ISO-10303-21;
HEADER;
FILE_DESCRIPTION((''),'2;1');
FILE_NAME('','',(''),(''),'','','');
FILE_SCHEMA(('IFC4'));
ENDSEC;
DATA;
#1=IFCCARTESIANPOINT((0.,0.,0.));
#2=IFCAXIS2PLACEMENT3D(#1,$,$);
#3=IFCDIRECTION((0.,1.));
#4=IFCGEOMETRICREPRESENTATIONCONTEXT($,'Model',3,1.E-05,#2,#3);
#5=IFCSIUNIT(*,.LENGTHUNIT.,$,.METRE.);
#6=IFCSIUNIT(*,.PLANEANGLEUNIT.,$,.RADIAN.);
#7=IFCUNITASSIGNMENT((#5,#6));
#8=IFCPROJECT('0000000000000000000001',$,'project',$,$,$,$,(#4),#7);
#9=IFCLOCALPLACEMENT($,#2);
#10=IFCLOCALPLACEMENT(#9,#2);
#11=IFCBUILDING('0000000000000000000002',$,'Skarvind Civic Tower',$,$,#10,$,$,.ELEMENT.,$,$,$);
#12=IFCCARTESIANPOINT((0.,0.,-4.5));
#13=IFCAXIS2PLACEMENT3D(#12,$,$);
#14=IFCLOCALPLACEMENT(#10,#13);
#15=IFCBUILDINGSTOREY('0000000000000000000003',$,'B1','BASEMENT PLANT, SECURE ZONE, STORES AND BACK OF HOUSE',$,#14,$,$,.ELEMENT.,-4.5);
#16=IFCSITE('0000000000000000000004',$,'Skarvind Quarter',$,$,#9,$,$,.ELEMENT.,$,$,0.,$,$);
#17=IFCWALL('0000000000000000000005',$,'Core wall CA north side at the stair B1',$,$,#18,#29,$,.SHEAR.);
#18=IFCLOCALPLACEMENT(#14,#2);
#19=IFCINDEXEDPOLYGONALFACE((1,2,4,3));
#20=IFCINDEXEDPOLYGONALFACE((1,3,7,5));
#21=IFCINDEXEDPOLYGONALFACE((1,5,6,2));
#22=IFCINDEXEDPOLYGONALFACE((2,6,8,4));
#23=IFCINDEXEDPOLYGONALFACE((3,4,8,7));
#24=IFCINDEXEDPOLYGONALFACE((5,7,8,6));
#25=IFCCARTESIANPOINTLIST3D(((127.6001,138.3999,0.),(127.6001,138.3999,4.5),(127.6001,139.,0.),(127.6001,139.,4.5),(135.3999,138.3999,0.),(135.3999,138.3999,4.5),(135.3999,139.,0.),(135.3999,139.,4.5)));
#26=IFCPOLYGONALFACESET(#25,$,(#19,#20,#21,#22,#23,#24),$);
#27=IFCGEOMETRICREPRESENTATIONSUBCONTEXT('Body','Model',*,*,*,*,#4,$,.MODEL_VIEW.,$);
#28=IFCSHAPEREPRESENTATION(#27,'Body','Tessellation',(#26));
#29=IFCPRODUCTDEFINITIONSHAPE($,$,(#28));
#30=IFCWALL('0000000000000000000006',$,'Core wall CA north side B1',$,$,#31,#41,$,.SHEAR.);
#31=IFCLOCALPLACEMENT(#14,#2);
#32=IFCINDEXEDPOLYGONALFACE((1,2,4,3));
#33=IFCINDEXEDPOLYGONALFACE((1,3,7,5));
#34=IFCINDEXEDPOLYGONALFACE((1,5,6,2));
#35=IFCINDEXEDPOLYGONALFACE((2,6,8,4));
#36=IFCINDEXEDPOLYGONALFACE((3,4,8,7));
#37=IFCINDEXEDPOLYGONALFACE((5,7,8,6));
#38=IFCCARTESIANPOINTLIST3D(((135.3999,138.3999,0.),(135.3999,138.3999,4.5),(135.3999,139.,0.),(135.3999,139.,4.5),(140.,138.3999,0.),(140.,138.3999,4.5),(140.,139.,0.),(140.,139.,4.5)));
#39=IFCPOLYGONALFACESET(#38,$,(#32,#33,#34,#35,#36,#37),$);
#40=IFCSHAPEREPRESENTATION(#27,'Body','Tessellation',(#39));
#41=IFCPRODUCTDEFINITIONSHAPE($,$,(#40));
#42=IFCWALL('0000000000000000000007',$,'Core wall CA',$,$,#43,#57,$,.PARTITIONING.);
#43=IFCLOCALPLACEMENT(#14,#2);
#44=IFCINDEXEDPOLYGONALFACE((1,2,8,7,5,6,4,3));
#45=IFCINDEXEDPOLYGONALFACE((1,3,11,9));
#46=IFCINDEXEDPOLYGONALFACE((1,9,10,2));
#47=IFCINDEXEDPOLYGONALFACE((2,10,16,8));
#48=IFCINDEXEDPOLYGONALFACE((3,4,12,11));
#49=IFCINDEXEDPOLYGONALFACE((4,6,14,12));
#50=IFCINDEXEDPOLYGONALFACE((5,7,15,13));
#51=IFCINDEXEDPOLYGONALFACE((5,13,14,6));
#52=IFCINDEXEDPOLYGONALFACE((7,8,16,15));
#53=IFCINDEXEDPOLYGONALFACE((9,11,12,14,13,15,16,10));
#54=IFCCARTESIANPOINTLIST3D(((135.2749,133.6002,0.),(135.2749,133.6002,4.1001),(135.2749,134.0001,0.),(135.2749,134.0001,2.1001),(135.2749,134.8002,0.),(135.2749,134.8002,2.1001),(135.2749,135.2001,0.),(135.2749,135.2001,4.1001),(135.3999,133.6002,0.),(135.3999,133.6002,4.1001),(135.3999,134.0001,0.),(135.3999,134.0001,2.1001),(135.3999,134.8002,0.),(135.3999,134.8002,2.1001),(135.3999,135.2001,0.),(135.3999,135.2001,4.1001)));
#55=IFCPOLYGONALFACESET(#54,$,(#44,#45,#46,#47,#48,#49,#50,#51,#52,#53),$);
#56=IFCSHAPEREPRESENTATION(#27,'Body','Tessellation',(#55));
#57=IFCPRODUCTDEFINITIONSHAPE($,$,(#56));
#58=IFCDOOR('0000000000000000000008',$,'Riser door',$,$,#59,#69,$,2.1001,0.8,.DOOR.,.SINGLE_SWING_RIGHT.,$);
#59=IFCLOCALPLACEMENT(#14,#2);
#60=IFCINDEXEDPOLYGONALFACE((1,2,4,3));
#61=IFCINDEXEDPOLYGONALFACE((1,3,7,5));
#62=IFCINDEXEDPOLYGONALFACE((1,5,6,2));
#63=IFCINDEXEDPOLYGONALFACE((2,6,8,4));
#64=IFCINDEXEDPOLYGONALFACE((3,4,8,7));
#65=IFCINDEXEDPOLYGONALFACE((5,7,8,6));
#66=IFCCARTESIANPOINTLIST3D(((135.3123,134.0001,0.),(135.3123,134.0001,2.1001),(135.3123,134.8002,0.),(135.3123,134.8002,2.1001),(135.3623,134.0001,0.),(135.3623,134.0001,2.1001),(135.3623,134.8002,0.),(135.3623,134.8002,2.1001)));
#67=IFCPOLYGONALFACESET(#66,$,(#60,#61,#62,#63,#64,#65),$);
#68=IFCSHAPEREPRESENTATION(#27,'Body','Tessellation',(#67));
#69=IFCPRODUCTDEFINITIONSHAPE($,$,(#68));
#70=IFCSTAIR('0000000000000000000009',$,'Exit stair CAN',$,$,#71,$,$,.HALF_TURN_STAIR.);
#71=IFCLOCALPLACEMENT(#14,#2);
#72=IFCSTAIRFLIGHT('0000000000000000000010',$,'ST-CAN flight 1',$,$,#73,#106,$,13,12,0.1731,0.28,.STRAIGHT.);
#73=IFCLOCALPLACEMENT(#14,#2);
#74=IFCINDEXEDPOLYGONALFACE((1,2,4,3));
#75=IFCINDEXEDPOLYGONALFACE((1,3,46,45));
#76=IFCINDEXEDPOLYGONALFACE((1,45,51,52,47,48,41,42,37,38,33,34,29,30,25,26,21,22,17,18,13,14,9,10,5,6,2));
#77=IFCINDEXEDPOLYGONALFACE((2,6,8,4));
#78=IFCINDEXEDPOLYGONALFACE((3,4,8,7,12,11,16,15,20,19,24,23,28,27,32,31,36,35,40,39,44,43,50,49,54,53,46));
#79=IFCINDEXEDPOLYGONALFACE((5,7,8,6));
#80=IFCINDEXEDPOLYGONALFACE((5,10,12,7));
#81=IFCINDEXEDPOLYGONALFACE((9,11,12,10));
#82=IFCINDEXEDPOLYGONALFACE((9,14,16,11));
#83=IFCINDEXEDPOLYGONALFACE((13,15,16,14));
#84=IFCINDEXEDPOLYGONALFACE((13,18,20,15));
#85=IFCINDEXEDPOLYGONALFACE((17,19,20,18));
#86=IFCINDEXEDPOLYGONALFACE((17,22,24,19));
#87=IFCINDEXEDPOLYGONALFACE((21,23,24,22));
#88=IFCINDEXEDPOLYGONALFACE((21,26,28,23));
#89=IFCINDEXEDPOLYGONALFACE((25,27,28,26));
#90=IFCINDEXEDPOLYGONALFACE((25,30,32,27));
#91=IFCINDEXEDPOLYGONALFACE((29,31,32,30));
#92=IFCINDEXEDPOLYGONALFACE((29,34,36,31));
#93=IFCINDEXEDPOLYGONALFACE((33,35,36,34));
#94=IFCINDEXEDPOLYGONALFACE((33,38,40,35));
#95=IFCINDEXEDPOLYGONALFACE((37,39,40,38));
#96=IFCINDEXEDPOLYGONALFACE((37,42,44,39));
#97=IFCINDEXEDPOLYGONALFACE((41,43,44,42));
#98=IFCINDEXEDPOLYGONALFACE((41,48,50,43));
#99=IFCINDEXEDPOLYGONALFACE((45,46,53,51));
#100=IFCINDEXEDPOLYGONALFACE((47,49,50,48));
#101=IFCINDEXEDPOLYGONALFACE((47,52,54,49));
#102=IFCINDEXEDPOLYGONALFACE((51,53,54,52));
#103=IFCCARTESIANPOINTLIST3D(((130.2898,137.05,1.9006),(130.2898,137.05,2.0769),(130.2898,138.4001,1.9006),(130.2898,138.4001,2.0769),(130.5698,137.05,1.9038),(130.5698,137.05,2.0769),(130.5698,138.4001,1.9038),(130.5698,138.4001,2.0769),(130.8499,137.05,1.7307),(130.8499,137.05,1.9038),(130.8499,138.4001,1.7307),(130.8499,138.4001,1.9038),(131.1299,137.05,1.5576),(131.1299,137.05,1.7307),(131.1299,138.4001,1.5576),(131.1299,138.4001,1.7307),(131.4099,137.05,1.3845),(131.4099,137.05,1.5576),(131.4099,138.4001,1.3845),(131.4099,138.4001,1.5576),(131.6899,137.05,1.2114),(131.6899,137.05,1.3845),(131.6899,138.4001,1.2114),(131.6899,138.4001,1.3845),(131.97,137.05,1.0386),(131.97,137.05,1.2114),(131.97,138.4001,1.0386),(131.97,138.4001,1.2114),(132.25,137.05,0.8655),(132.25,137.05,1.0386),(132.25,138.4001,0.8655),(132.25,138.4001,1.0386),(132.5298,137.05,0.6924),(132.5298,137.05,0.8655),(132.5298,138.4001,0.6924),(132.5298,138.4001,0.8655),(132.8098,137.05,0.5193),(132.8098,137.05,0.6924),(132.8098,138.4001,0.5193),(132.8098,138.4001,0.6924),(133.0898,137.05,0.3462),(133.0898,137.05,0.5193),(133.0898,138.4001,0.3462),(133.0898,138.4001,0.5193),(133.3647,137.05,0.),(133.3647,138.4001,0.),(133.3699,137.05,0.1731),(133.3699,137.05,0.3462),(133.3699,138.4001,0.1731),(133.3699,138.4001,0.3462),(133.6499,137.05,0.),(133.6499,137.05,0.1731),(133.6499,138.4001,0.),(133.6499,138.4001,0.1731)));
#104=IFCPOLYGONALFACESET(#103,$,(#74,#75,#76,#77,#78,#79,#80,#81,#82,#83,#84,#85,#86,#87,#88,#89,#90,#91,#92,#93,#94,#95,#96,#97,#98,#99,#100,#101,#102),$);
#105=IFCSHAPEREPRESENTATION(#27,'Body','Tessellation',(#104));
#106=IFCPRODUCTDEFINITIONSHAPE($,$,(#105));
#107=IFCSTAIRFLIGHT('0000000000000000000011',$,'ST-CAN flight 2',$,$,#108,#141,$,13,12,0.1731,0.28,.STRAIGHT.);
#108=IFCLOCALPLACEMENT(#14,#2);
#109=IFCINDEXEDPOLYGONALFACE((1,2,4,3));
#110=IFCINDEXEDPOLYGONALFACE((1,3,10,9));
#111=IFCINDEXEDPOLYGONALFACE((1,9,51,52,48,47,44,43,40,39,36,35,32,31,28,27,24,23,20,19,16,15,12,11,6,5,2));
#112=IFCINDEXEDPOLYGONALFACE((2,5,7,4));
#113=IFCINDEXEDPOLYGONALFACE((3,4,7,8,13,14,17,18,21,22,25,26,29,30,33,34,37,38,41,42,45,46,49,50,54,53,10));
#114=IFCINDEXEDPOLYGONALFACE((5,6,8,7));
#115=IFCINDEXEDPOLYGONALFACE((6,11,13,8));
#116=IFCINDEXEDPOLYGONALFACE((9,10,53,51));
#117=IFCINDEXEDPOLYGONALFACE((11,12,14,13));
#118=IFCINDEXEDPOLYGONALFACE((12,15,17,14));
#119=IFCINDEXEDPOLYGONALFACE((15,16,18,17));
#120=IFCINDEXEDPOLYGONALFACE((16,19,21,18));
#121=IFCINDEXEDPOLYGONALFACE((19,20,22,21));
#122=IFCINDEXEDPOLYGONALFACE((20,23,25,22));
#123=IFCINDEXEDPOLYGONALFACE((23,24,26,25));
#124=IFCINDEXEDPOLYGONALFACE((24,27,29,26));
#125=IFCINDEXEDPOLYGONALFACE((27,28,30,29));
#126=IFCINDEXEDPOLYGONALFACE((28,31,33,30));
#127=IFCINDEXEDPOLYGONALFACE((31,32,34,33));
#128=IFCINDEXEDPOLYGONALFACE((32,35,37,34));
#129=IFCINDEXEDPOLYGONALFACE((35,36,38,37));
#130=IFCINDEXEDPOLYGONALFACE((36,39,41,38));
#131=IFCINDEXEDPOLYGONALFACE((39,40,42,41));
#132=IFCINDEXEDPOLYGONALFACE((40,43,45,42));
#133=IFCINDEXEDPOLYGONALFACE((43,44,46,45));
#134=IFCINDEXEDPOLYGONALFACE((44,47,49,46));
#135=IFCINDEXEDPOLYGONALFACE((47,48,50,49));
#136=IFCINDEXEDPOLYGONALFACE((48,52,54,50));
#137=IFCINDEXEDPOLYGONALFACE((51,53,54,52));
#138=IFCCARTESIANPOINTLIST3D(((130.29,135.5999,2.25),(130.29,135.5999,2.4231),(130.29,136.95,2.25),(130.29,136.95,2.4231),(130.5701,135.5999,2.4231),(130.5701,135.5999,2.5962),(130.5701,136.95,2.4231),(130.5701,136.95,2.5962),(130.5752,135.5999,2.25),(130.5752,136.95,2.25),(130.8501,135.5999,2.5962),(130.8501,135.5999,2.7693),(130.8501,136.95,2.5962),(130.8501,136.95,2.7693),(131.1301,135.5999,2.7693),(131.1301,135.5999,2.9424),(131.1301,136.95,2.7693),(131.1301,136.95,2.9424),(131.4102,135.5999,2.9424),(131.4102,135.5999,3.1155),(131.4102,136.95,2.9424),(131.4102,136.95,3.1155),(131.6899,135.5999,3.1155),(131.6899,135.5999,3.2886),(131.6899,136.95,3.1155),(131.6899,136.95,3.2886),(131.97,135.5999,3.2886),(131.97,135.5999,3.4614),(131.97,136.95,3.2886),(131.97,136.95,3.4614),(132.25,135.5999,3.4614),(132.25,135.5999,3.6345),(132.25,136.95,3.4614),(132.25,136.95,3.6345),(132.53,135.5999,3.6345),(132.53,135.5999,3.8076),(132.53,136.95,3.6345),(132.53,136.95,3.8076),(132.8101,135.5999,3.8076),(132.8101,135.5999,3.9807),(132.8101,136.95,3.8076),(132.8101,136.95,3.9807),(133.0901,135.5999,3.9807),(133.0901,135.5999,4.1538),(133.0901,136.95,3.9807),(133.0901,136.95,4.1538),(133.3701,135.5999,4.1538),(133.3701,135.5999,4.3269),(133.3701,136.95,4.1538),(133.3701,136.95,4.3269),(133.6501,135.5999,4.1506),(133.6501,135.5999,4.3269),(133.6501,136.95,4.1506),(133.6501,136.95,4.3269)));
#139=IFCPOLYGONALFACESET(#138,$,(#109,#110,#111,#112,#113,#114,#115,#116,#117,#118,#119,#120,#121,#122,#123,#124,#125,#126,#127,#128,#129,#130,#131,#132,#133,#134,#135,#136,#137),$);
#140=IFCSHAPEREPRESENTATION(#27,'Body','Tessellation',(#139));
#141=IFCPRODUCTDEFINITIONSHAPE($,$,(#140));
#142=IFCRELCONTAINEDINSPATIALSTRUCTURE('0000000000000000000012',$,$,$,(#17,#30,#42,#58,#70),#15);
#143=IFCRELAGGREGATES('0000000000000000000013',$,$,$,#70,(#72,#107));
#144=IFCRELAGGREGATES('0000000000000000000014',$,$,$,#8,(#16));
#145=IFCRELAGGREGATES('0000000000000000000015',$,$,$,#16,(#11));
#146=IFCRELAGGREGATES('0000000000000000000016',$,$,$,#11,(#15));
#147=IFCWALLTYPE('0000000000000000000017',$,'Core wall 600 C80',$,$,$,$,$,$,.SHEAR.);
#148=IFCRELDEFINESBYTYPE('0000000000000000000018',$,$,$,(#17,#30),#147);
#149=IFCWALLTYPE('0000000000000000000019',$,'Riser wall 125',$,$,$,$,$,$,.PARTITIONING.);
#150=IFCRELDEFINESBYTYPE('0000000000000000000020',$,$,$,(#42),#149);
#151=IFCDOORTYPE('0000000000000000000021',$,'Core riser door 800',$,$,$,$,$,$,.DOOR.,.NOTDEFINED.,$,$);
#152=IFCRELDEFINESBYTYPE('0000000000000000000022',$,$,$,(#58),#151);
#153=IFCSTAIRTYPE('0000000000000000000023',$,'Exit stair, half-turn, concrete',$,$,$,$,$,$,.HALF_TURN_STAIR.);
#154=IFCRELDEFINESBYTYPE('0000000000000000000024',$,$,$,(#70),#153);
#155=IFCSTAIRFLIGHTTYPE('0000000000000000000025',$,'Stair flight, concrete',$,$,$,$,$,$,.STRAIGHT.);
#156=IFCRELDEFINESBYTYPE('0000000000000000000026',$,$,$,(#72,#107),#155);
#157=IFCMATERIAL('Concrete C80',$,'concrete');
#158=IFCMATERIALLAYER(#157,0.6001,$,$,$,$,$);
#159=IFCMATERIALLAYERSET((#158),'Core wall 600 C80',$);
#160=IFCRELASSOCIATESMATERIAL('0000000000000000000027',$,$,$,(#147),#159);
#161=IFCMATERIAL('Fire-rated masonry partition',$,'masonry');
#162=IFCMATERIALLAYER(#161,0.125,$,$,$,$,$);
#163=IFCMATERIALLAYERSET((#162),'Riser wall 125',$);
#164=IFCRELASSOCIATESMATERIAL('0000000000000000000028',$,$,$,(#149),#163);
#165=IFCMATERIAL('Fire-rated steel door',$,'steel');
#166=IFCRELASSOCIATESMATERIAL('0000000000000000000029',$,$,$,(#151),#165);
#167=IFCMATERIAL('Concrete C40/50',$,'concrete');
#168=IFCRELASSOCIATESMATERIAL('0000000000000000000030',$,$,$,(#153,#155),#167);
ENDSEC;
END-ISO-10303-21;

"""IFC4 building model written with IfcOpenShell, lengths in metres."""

from ifc_helpers import new_model, si_unit, direction, frame, frame_2d, origin, place, context, subcontext, project, spatial, polyline, rectangle, outline, extrude, material, layer, layer_set, type_object, element, fill, aggregate, save


model = new_model("IFC4")

# Units and contexts
model_context = context("Model", 3, precision=1e-05, world=origin(), true_north=direction((0.0, 1.0)))
body_context = subcontext(model_context, "Body", "Model", "MODEL_VIEW")
ifc_project = project(units=[si_unit("LENGTHUNIT", "METRE"), si_unit("PLANEANGLEUNIT", "RADIAN")], contexts=[model_context])

# Site, building, storey
site_placement = place(None, origin())
site = spatial("IfcSite", under=ifc_project, at=site_placement, Name="Skarvind Quarter", CompositionType="ELEMENT", RefElevation=0.0)
building_placement = place(site_placement, origin())
building = spatial("IfcBuilding", under=site, at=building_placement, Name="Skarvind Civic Tower", CompositionType="ELEMENT")
storey_placement = place(building_placement, frame((0.0, 0.0, -4.5)))
storey = spatial("IfcBuildingStorey", under=building, at=storey_placement, Name="B1", Description="BASEMENT PLANT, SECURE ZONE, STORES AND BACK OF HOUSE", CompositionType="ELEMENT", Elevation=-4.5)

# Shared definitions
ifc_material_1 = material(Name="Fire-rated masonry partition", Category="masonry")
ifc_material_2 = material(Name="Fire-rated steel door", Category="steel")

# Shared definitions
ifc_material_3 = material(Name="Concrete C80", Category="concrete")

# Walls
ifc_layer_1 = layer(ifc_material_3, 0.6001)
ifc_layer_set_1 = layer_set([ifc_layer_1], Name="Core wall 600 C80")
wall_type_1 = type_object("IfcWallType", Name="Core wall 600 C80", PredefinedType="SHEAR", material=ifc_layer_set_1)
wall_1_placement = place(storey_placement, frame((127.6001, 138.7, 0.0), z_axis=(0.0, 0.0, 1.0), x_axis=(1.0, 0.0, 0.0)))
element("IfcWall", 1, at=wall_1_placement, inside=storey, type_object=wall_type_1, Name="Core wall CA north side at the stair B1", PredefinedType="SHEAR", context=body_context, shape_type="SweptSolid", body=[
    extrude(rectangle(XDim=7.7998, YDim=0.6001, at=frame_2d((3.8999, 0.0))), origin(), (0.0, 0.0, 1.0), 4.5),
])
wall_2_placement = place(storey_placement, frame((135.3999, 138.7, 0.0), z_axis=(0.0, 0.0, 1.0), x_axis=(1.0, 0.0, 0.0)))
element("IfcWall", 2, at=wall_2_placement, inside=storey, type_object=wall_type_1, Name="Core wall CA north side B1", PredefinedType="SHEAR", context=body_context, shape_type="SweptSolid", body=[
    extrude(rectangle(XDim=4.6001, YDim=0.6001, at=frame_2d((2.3, 0.0))), origin(), (0.0, 0.0, 1.0), 4.5),
])

# Wall, opening, door
ifc_layer_2 = layer(ifc_material_1, 0.125)
ifc_layer_set_2 = layer_set([ifc_layer_2], Name="Riser wall 125")
wall_type_2 = type_object("IfcWallType", Name="Riser wall 125", PredefinedType="PARTITIONING", material=ifc_layer_set_2)
wall_3_placement = place(storey_placement, frame((135.3374, 135.2, 0.0), z_axis=(0.0, 0.0, 1.0), x_axis=(0.0, -1.0, 0.0)))
wall_3 = element("IfcWall", 3, at=wall_3_placement, inside=storey, type_object=wall_type_2, Name="Core wall CA", PredefinedType="PARTITIONING", context=body_context, shape_type="SweptSolid", body=[
    extrude(rectangle(XDim=1.5999, YDim=0.125, at=frame_2d((0.7998, 0.0))), origin(), (0.0, 0.0, 1.0), 4.1001),
])
opening_1_placement = place(wall_3_placement, frame((0.3999, 0.0, 0.0)))
opening_1 = element("IfcOpeningElement", 4, at=opening_1_placement, cuts=wall_3, PredefinedType="OPENING", context=body_context, shape_type="SweptSolid", body=[
    extrude(rectangle(XDim=0.8, YDim=2.1001, at=frame_2d((0.3999, 1.05))), frame((0.0, 0.0725, 0.0), z_axis=(0.0, -1.0, 0.0), x_axis=(1.0, 0.0, 0.0)), (0.0, 0.0, 1.0), 0.145),
])
door_type_1 = type_object("IfcDoorType", Name="Core riser door 800", OperationType="NOTDEFINED", PredefinedType="DOOR", material=ifc_material_2)
door_1_placement = place(opening_1_placement, origin())
door_1 = element("IfcDoor", 5, at=door_1_placement, inside=storey, type_object=door_type_1, Name="Riser door", OperationType="SINGLE_SWING_RIGHT", OverallHeight=2.1001, OverallWidth=0.8, PredefinedType="DOOR", context=body_context, shape_type="SweptSolid", body=[
    extrude(rectangle(XDim=0.8, YDim=2.1001, at=frame_2d((0.3999, 1.05))), frame((0.0, 0.0249, 0.0), z_axis=(0.0, -1.0, 0.0), x_axis=(1.0, 0.0, 0.0)), (0.0, 0.0, 1.0), 0.05),
])
fill(opening_1, door_1)

# Stair, stair flights
ifc_material_4 = material(Name="Concrete C40/50", Category="concrete")
stair_type = type_object("IfcStairType", Name="Exit stair, half-turn, concrete", PredefinedType="HALF_TURN_STAIR", material=ifc_material_4)
stair_placement = place(storey_placement, origin())
stair = element("IfcStair", 6, at=stair_placement, inside=storey, type_object=stair_type, Name="Exit stair CAN", PredefinedType="HALF_TURN_STAIR")
stair_flight_type = type_object("IfcStairFlightType", Name="Stair flight, concrete", PredefinedType="STRAIGHT", material=ifc_material_4)
stair_flight_1_placement = place(storey_placement, frame((133.6499, 137.7251, 0.0), z_axis=(0.0, 0.0, 1.0), x_axis=(-1.0, 0.0, 0.0)))
stair_flight_1 = element("IfcStairFlight", 7, at=stair_flight_1_placement, type_object=stair_flight_type, Name="ST-CAN flight 1", NumberOfRisers=13, NumberOfTreads=12, PredefinedType="STRAIGHT", RiserHeight=0.1731, TreadLength=0.28, context=body_context, shape_type="SweptSolid", body=[
    extrude(outline(polyline([(0.0, 0.0), (0.0, 0.1731), (0.28, 0.1731), (0.28, 0.3462), (0.5601, 0.3462), (0.5601, 0.5193), (0.8401, 0.5193), (0.8401, 0.6924), (1.1201, 0.6924), (1.1201, 0.8655), (1.3999, 0.8655), (1.3999, 1.0386), (1.6799, 1.0386), (1.6799, 1.2114), (1.96, 1.2114), (1.96, 1.3845), (2.24, 1.3845), (2.24, 1.5576), (2.52, 1.5576), (2.52, 1.7307), (2.8, 1.7307), (2.8, 1.9038), (3.0801, 1.9038), (3.0801, 2.0769), (3.3601, 2.0769), (3.3601, 2.25), (3.3601, 1.9006), (0.2852, 0.0), (0.0, 0.0)])), frame((0.0, 0.675, 0.0), z_axis=(0.0, -1.0, 0.0), x_axis=(1.0, 0.0, 0.0)), (0.0, 0.0, 1.0), 1.3501),
])
stair_flight_2_placement = place(storey_placement, frame((130.29, 136.2749, 2.25), z_axis=(0.0, 0.0, 1.0), x_axis=(1.0, 0.0, 0.0)))
stair_flight_2 = element("IfcStairFlight", 8, at=stair_flight_2_placement, type_object=stair_flight_type, Name="ST-CAN flight 2", NumberOfRisers=13, NumberOfTreads=12, PredefinedType="STRAIGHT", RiserHeight=0.1731, TreadLength=0.28, context=body_context, shape_type="SweptSolid", body=[
    extrude(outline(polyline([(0.0, 0.0), (0.0, 0.1731), (0.28, 0.1731), (0.28, 0.3462), (0.5601, 0.3462), (0.5601, 0.5193), (0.8401, 0.5193), (0.8401, 0.6924), (1.1201, 0.6924), (1.1201, 0.8655), (1.3999, 0.8655), (1.3999, 1.0386), (1.6799, 1.0386), (1.6799, 1.2114), (1.96, 1.2114), (1.96, 1.3845), (2.24, 1.3845), (2.24, 1.5576), (2.52, 1.5576), (2.52, 1.7307), (2.8, 1.7307), (2.8, 1.9038), (3.0801, 1.9038), (3.0801, 2.0769), (3.3601, 2.0769), (3.3601, 2.25), (3.3601, 1.9006), (0.2852, 0.0), (0.0, 0.0)])), frame((0.0, 0.675, 0.0), z_axis=(0.0, -1.0, 0.0), x_axis=(1.0, 0.0, 0.0)), (0.0, 0.0, 1.0), 1.3501),
])
aggregate(stair, [stair_flight_1, stair_flight_2])

save(model, "model.ifc")
